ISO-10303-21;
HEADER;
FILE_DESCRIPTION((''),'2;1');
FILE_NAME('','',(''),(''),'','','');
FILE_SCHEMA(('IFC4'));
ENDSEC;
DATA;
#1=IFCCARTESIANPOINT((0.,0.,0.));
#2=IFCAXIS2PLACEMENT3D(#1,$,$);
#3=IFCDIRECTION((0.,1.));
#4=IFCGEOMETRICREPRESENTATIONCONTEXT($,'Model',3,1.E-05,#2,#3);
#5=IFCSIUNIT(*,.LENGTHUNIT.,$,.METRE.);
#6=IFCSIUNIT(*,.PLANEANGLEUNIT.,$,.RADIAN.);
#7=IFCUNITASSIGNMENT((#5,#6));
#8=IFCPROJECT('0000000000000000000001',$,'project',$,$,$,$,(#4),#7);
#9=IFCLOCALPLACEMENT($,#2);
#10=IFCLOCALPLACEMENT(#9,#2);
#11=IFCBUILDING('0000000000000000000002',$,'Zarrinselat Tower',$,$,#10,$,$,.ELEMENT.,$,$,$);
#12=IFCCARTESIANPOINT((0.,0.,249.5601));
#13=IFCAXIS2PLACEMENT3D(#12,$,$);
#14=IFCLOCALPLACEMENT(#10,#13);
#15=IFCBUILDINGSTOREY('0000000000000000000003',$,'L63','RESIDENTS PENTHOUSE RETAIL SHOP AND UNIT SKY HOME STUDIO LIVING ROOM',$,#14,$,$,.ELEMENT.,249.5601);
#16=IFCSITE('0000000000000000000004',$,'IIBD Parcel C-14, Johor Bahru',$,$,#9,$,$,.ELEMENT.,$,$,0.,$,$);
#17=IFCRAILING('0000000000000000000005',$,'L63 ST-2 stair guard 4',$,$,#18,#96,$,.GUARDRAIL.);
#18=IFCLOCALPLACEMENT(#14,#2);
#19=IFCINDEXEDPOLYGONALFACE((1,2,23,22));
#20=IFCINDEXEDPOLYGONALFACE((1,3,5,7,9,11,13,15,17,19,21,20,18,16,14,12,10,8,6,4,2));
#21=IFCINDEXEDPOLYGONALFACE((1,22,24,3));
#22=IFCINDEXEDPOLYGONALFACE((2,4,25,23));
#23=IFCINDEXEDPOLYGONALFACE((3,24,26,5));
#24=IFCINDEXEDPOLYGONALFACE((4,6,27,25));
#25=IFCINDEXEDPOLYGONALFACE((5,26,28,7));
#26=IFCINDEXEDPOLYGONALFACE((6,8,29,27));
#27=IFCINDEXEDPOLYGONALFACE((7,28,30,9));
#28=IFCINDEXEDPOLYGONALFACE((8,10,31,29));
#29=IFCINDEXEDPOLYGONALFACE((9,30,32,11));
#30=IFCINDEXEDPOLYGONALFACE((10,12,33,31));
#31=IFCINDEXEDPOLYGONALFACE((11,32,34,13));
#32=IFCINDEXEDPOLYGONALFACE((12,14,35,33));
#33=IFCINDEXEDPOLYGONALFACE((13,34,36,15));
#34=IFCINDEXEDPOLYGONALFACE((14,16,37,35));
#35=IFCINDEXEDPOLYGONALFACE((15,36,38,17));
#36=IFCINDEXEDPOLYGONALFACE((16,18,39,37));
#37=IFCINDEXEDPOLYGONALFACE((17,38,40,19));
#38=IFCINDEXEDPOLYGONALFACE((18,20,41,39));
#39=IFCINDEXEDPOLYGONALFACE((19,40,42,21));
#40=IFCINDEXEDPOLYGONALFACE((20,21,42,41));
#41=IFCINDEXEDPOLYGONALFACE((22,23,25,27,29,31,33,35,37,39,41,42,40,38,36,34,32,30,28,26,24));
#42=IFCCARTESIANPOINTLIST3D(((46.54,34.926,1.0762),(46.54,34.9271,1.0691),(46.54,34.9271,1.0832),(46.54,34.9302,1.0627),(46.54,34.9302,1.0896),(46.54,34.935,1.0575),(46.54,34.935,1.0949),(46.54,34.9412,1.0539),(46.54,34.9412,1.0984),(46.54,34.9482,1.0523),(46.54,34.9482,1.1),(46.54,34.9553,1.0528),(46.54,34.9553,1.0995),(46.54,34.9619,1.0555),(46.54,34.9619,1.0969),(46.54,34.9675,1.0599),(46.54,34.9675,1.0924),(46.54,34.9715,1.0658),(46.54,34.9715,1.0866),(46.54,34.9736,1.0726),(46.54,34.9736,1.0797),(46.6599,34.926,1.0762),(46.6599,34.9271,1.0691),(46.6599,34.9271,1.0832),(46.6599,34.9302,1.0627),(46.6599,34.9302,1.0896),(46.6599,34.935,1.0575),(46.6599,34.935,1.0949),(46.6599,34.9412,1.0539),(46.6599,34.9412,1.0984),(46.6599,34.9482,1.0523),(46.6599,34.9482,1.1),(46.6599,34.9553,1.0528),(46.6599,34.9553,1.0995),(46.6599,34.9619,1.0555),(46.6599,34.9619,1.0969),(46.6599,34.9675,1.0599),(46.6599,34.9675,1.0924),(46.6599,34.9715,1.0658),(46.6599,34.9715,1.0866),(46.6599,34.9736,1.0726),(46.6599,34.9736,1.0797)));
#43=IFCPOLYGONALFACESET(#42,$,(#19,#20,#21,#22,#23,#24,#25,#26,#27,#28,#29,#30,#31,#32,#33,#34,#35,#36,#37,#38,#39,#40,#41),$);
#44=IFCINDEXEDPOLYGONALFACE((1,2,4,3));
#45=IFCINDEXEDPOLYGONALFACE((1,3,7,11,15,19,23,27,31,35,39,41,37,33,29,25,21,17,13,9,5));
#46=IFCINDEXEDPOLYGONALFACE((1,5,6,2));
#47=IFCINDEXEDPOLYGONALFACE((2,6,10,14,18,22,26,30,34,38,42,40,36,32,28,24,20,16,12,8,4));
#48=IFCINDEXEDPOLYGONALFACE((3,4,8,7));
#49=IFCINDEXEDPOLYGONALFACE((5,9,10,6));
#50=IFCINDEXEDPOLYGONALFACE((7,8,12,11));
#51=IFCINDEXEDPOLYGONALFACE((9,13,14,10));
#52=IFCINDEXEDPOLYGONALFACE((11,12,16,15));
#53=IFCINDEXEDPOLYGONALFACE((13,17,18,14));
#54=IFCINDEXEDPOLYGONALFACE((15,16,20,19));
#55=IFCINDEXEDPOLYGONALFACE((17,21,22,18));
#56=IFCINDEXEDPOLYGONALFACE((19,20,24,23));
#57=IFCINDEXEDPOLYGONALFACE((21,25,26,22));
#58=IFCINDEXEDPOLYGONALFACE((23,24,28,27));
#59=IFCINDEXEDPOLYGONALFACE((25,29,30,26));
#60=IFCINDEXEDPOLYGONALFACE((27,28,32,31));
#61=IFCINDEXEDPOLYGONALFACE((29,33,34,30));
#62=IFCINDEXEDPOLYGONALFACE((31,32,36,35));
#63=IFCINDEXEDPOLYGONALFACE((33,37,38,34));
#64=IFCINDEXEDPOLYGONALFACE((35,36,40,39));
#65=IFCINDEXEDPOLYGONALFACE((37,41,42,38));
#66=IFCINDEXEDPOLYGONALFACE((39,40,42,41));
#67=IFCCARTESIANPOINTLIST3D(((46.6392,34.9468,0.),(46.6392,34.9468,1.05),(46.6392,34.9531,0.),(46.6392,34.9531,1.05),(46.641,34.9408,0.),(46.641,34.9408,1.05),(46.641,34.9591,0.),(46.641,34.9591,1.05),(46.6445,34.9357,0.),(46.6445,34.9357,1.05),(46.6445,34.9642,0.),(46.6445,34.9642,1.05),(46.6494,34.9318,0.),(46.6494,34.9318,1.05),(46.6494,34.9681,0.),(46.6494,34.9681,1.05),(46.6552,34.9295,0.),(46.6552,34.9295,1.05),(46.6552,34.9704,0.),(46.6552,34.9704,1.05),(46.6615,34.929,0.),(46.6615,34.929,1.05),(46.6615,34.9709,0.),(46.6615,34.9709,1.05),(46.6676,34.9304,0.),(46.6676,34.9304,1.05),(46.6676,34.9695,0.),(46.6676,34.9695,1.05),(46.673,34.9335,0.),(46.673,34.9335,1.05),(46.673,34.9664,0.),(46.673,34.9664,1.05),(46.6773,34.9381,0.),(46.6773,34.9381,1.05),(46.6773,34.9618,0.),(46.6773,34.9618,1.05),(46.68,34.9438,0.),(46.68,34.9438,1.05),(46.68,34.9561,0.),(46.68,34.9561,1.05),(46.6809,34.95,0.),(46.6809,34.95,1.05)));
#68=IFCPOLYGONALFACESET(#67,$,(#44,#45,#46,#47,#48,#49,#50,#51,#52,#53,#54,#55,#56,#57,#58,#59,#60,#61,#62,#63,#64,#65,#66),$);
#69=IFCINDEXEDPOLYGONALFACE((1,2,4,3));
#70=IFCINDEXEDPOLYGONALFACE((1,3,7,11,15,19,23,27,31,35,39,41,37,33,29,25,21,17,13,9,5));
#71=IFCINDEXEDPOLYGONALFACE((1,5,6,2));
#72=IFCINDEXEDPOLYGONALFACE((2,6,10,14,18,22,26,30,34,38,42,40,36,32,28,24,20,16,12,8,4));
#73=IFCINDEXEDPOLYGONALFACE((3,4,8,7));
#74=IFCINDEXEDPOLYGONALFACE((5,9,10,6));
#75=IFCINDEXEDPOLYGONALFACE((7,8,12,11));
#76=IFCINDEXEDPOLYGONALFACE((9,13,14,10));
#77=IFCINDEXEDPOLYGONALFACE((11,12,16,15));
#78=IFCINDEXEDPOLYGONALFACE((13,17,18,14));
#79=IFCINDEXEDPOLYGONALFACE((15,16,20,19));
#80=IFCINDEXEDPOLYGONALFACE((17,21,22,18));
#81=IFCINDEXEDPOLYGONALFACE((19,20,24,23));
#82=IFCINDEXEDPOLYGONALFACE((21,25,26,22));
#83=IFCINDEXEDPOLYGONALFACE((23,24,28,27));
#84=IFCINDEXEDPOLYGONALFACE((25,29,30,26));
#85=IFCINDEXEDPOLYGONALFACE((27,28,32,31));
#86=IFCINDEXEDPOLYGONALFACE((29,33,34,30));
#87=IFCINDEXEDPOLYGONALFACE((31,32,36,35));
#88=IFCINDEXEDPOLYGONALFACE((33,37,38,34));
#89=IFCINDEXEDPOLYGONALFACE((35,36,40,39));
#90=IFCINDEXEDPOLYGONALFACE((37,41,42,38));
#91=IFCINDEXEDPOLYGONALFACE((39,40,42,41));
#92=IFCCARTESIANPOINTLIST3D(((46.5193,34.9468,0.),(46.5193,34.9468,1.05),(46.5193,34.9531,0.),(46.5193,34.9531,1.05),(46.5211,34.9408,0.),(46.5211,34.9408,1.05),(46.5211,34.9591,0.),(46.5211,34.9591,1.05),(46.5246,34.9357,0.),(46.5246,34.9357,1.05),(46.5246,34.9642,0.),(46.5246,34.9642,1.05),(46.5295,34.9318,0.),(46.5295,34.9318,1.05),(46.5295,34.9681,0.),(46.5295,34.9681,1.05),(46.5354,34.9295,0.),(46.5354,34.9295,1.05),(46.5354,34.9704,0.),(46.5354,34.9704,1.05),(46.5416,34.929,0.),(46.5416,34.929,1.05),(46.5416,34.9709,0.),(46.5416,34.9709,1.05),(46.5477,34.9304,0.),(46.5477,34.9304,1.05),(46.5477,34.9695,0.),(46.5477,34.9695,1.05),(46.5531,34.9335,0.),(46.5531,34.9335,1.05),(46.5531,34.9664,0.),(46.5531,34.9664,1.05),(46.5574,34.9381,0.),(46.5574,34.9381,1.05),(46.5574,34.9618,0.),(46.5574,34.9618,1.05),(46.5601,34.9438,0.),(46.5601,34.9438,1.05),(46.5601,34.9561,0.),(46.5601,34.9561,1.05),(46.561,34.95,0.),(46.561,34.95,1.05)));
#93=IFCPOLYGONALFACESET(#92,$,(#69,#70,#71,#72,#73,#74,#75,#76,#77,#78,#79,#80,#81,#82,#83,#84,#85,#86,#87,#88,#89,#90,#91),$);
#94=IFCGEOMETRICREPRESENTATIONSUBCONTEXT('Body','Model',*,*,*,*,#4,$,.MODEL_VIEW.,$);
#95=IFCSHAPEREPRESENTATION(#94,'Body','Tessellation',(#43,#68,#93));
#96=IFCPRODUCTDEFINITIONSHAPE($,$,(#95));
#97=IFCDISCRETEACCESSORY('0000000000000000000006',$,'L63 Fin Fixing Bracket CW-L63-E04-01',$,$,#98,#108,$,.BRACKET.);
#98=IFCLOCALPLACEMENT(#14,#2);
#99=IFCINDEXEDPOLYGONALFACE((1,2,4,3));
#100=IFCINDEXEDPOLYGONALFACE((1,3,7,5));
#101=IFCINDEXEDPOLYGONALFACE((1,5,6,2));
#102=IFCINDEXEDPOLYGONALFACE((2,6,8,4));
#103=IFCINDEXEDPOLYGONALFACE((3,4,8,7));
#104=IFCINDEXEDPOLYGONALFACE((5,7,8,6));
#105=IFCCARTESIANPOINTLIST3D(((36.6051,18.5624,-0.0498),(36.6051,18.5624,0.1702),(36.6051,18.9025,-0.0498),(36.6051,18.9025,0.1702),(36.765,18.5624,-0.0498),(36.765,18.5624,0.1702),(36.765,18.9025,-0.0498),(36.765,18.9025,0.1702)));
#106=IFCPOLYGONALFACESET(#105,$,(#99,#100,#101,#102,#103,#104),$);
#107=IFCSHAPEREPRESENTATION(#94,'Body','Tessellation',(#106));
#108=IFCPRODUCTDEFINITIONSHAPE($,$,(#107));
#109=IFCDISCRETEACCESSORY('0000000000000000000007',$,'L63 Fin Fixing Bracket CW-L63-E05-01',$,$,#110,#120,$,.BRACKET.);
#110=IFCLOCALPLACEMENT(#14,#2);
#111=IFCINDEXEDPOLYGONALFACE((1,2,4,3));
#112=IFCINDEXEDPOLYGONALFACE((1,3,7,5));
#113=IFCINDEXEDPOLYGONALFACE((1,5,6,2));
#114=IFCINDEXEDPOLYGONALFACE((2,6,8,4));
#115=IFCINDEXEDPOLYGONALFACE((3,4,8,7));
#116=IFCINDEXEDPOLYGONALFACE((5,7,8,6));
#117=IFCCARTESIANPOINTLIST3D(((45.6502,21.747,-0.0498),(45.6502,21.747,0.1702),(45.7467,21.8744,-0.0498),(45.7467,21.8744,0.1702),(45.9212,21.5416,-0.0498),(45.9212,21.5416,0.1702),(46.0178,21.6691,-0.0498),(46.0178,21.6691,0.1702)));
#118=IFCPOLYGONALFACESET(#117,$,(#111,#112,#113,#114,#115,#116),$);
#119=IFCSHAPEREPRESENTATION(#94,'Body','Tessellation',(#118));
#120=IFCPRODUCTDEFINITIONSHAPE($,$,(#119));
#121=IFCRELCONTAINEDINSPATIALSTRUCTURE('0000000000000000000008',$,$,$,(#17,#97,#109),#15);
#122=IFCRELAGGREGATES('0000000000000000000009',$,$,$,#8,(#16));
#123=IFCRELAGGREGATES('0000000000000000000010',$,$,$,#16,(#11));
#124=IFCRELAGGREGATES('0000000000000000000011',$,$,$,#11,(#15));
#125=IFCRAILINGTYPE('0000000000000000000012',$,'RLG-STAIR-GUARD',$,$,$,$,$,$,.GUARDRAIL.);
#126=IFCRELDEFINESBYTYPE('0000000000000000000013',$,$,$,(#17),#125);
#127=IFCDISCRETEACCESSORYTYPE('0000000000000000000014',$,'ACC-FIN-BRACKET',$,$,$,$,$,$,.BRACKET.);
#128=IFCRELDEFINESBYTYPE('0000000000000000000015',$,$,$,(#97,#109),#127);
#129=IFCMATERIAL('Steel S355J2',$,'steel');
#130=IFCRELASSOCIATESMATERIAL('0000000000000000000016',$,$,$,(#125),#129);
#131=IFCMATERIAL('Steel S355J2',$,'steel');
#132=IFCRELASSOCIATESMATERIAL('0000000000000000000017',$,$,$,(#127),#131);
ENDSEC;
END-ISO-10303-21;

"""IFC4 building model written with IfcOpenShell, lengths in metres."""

from ifc_helpers import new_model, si_unit, direction, frame, origin, origin_2d, place, context, subcontext, project, spatial, rectangle, circle, extrude, material, type_object, element, save


model = new_model("IFC4")

# Units and contexts
model_context = context("Model", 3, precision=1e-05, world=origin(), true_north=direction((0.0, 1.0)))
body_context = subcontext(model_context, "Body", "Model", "MODEL_VIEW")
ifc_project = project(units=[si_unit("LENGTHUNIT", "METRE"), si_unit("PLANEANGLEUNIT", "RADIAN")], contexts=[model_context])

# Site, building, storey
site_placement = place(None, origin())
site = spatial("IfcSite", under=ifc_project, at=site_placement, Name="IIBD Parcel C-14, Johor Bahru", CompositionType="ELEMENT", RefElevation=0.0)
building_placement = place(site_placement, origin())
building = spatial("IfcBuilding", under=site, at=building_placement, Name="Zarrinselat Tower", CompositionType="ELEMENT")
storey_placement = place(building_placement, frame((0.0, 0.0, 249.5601)))
storey = spatial("IfcBuildingStorey", under=building, at=storey_placement, Name="L63", Description="RESIDENTS PENTHOUSE RETAIL SHOP AND UNIT SKY HOME STUDIO LIVING ROOM", CompositionType="ELEMENT", Elevation=249.5601)

# Railing
ifc_material_1 = material(Name="Steel S355J2", Category="steel")
railing_type_1 = type_object("IfcRailingType", Name="RLG-STAIR-GUARD", PredefinedType="GUARDRAIL", material=ifc_material_1)
railing_1_placement = place(storey_placement, frame((46.6599, 34.95, 0.0)))
element("IfcRailing", 1, at=railing_1_placement, inside=storey, type_object=railing_type_1, Name="L63 ST-2 stair guard 4", PredefinedType="GUARDRAIL", context=body_context, shape_type="SweptSolid", body=[
    extrude(circle(Radius=0.0239, at=origin_2d()), frame((0.0, 0.0, 1.0762), z_axis=(-1.0, 0.0, 0.0), x_axis=(0.0, -1.0, 0.0)), (0.0, 0.0, 1.0), 0.1199),
    extrude(circle(Radius=0.021, at=origin_2d()), origin(), (0.0, 0.0, 1.0), 1.05),
    extrude(circle(Radius=0.021, at=origin_2d()), frame((-0.1199, 0.0, 0.0)), (0.0, 0.0, 1.0), 1.05),
])

# Discrete accessories
ifc_material_2 = material(Name="Steel S355J2", Category="steel")
discrete_accessory_type = type_object("IfcDiscreteAccessoryType", Name="ACC-FIN-BRACKET", PredefinedType="BRACKET", material=ifc_material_2)
for number, where, z_axis, x_axis, name in (
    (2, (36.6851, 18.7324, -0.0498), (0.0, 0.0, 1.0), (0.0, -1.0, 0.0), "L63 Fin Fixing Bracket CW-L63-E04-01"),
    (3, (45.834, 21.708, -0.0498), (0.0, 0.0, 1.0), (0.797094, -0.603856, 0.0), "L63 Fin Fixing Bracket CW-L63-E05-01"),
):
    element("IfcDiscreteAccessory", number, at=place(storey_placement, frame(where, z_axis=z_axis, x_axis=x_axis)), inside=storey, type_object=discrete_accessory_type, Name=name, PredefinedType="BRACKET", context=body_context, shape_type="SweptSolid", body=[
        extrude(rectangle(XDim=0.3401, YDim=0.1599, at=origin_2d()), origin(), (0.0, 0.0, 1.0), 0.22),
    ])

save(model, "model.ifc")
